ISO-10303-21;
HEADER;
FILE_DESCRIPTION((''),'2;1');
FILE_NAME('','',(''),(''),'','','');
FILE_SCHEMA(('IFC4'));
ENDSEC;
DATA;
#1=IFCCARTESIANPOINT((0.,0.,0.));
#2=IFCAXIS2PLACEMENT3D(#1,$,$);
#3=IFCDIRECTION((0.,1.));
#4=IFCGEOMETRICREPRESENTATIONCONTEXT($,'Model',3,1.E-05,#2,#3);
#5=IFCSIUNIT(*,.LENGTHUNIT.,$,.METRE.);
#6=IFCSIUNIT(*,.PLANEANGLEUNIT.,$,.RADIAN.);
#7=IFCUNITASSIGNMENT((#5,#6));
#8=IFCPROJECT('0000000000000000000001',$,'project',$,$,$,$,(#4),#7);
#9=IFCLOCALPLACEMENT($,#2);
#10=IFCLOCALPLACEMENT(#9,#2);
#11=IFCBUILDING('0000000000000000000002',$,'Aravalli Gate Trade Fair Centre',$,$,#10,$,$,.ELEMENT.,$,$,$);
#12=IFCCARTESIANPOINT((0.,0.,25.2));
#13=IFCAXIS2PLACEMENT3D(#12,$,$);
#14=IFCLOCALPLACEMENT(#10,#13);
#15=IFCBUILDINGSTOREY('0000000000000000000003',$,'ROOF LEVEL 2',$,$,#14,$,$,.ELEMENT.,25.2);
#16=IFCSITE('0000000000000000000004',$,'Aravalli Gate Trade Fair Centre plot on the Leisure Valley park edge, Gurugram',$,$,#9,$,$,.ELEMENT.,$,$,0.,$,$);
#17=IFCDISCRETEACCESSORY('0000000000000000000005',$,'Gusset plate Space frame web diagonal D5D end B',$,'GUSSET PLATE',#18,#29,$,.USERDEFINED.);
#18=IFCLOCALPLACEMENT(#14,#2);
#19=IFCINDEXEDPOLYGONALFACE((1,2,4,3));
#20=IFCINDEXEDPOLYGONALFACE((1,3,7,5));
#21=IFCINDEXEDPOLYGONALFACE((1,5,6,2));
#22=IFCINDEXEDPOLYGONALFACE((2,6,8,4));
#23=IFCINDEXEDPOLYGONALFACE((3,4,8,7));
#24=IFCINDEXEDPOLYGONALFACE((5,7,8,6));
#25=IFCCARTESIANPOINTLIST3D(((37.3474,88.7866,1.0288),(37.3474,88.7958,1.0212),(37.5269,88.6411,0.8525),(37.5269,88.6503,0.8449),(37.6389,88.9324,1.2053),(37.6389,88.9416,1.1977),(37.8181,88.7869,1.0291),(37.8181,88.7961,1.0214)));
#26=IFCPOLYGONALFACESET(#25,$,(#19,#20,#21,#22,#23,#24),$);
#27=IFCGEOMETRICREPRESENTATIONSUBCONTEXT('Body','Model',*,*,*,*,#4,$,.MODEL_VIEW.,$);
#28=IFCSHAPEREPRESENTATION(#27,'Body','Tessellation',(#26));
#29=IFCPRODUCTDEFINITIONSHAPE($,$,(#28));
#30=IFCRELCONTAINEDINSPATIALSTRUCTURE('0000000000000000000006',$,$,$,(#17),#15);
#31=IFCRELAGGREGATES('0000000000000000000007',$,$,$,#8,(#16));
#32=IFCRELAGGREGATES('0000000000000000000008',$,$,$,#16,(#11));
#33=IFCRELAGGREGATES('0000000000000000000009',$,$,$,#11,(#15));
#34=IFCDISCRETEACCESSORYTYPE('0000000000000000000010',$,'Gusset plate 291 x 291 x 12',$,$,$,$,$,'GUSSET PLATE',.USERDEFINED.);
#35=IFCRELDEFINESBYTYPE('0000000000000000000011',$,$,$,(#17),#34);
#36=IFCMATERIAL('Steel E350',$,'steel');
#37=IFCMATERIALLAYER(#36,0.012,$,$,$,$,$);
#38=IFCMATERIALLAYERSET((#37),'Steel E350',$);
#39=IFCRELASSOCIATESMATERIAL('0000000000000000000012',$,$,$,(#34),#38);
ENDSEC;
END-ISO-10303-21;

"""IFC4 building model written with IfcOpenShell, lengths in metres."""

from ifc_helpers import new_model, si_unit, direction, frame, origin, place, context, subcontext, project, spatial, polyline, outline, extrude, material, layer, layer_set, type_object, element, save


model = new_model("IFC4")

# Units and contexts
model_context = context("Model", 3, precision=1e-05, world=origin(), true_north=direction((0.0, 1.0)))
body_context = subcontext(model_context, "Body", "Model", "MODEL_VIEW")
ifc_project = project(units=[si_unit("LENGTHUNIT", "METRE"), si_unit("PLANEANGLEUNIT", "RADIAN")], contexts=[model_context])

# Site, building, storey
site_placement = place(None, origin())
site = spatial("IfcSite", under=ifc_project, at=site_placement, Name="Aravalli Gate Trade Fair Centre plot on the Leisure Valley park edge, Gurugram", CompositionType="ELEMENT", RefElevation=0.0)
building_placement = place(site_placement, origin())
building = spatial("IfcBuilding", under=site, at=building_placement, Name="Aravalli Gate Trade Fair Centre", CompositionType="ELEMENT")
storey_placement = place(building_placement, frame((0.0, 0.0, 25.2)))
storey = spatial("IfcBuildingStorey", under=building, at=storey_placement, Name="ROOF LEVEL 2", CompositionType="ELEMENT", Elevation=25.2)

# Shared definitions
ifc_material = material(Name="Steel E350", Category="steel")

# Discrete accessory
ifc_layer = layer(ifc_material, 0.012)
ifc_layer_set = layer_set([ifc_layer], Name="Steel E350")
discrete_accessory_type = type_object("IfcDiscreteAccessoryType", Name="Gusset plate 291 x 291 x 12", ElementType="GUSSET PLATE", PredefinedType="USERDEFINED", material=ifc_layer_set)
discrete_accessory_1_placement = place(storey_placement, frame((37.6389, 88.9324, 1.2053), z_axis=(0.00007, -0.771155, 0.636648), x_axis=(-0.786484, -0.393242, -0.476238)))
element("IfcDiscreteAccessory", 1, at=discrete_accessory_1_placement, inside=storey, type_object=discrete_accessory_type, Name="Gusset plate Space frame web diagonal D5D end B", ObjectType="GUSSET PLATE", PredefinedType="USERDEFINED", context=body_context, shape_type="SweptSolid", body=[
    extrude(outline(polyline([(0.0, 0.0), (0.3706, 0.0), (0.3707, 0.2906), (0.0002, 0.2904), (0.0, 0.0)])), origin(), (0.0, 0.0, -1.0), 0.012),
])

save(model, "model.ifc")
